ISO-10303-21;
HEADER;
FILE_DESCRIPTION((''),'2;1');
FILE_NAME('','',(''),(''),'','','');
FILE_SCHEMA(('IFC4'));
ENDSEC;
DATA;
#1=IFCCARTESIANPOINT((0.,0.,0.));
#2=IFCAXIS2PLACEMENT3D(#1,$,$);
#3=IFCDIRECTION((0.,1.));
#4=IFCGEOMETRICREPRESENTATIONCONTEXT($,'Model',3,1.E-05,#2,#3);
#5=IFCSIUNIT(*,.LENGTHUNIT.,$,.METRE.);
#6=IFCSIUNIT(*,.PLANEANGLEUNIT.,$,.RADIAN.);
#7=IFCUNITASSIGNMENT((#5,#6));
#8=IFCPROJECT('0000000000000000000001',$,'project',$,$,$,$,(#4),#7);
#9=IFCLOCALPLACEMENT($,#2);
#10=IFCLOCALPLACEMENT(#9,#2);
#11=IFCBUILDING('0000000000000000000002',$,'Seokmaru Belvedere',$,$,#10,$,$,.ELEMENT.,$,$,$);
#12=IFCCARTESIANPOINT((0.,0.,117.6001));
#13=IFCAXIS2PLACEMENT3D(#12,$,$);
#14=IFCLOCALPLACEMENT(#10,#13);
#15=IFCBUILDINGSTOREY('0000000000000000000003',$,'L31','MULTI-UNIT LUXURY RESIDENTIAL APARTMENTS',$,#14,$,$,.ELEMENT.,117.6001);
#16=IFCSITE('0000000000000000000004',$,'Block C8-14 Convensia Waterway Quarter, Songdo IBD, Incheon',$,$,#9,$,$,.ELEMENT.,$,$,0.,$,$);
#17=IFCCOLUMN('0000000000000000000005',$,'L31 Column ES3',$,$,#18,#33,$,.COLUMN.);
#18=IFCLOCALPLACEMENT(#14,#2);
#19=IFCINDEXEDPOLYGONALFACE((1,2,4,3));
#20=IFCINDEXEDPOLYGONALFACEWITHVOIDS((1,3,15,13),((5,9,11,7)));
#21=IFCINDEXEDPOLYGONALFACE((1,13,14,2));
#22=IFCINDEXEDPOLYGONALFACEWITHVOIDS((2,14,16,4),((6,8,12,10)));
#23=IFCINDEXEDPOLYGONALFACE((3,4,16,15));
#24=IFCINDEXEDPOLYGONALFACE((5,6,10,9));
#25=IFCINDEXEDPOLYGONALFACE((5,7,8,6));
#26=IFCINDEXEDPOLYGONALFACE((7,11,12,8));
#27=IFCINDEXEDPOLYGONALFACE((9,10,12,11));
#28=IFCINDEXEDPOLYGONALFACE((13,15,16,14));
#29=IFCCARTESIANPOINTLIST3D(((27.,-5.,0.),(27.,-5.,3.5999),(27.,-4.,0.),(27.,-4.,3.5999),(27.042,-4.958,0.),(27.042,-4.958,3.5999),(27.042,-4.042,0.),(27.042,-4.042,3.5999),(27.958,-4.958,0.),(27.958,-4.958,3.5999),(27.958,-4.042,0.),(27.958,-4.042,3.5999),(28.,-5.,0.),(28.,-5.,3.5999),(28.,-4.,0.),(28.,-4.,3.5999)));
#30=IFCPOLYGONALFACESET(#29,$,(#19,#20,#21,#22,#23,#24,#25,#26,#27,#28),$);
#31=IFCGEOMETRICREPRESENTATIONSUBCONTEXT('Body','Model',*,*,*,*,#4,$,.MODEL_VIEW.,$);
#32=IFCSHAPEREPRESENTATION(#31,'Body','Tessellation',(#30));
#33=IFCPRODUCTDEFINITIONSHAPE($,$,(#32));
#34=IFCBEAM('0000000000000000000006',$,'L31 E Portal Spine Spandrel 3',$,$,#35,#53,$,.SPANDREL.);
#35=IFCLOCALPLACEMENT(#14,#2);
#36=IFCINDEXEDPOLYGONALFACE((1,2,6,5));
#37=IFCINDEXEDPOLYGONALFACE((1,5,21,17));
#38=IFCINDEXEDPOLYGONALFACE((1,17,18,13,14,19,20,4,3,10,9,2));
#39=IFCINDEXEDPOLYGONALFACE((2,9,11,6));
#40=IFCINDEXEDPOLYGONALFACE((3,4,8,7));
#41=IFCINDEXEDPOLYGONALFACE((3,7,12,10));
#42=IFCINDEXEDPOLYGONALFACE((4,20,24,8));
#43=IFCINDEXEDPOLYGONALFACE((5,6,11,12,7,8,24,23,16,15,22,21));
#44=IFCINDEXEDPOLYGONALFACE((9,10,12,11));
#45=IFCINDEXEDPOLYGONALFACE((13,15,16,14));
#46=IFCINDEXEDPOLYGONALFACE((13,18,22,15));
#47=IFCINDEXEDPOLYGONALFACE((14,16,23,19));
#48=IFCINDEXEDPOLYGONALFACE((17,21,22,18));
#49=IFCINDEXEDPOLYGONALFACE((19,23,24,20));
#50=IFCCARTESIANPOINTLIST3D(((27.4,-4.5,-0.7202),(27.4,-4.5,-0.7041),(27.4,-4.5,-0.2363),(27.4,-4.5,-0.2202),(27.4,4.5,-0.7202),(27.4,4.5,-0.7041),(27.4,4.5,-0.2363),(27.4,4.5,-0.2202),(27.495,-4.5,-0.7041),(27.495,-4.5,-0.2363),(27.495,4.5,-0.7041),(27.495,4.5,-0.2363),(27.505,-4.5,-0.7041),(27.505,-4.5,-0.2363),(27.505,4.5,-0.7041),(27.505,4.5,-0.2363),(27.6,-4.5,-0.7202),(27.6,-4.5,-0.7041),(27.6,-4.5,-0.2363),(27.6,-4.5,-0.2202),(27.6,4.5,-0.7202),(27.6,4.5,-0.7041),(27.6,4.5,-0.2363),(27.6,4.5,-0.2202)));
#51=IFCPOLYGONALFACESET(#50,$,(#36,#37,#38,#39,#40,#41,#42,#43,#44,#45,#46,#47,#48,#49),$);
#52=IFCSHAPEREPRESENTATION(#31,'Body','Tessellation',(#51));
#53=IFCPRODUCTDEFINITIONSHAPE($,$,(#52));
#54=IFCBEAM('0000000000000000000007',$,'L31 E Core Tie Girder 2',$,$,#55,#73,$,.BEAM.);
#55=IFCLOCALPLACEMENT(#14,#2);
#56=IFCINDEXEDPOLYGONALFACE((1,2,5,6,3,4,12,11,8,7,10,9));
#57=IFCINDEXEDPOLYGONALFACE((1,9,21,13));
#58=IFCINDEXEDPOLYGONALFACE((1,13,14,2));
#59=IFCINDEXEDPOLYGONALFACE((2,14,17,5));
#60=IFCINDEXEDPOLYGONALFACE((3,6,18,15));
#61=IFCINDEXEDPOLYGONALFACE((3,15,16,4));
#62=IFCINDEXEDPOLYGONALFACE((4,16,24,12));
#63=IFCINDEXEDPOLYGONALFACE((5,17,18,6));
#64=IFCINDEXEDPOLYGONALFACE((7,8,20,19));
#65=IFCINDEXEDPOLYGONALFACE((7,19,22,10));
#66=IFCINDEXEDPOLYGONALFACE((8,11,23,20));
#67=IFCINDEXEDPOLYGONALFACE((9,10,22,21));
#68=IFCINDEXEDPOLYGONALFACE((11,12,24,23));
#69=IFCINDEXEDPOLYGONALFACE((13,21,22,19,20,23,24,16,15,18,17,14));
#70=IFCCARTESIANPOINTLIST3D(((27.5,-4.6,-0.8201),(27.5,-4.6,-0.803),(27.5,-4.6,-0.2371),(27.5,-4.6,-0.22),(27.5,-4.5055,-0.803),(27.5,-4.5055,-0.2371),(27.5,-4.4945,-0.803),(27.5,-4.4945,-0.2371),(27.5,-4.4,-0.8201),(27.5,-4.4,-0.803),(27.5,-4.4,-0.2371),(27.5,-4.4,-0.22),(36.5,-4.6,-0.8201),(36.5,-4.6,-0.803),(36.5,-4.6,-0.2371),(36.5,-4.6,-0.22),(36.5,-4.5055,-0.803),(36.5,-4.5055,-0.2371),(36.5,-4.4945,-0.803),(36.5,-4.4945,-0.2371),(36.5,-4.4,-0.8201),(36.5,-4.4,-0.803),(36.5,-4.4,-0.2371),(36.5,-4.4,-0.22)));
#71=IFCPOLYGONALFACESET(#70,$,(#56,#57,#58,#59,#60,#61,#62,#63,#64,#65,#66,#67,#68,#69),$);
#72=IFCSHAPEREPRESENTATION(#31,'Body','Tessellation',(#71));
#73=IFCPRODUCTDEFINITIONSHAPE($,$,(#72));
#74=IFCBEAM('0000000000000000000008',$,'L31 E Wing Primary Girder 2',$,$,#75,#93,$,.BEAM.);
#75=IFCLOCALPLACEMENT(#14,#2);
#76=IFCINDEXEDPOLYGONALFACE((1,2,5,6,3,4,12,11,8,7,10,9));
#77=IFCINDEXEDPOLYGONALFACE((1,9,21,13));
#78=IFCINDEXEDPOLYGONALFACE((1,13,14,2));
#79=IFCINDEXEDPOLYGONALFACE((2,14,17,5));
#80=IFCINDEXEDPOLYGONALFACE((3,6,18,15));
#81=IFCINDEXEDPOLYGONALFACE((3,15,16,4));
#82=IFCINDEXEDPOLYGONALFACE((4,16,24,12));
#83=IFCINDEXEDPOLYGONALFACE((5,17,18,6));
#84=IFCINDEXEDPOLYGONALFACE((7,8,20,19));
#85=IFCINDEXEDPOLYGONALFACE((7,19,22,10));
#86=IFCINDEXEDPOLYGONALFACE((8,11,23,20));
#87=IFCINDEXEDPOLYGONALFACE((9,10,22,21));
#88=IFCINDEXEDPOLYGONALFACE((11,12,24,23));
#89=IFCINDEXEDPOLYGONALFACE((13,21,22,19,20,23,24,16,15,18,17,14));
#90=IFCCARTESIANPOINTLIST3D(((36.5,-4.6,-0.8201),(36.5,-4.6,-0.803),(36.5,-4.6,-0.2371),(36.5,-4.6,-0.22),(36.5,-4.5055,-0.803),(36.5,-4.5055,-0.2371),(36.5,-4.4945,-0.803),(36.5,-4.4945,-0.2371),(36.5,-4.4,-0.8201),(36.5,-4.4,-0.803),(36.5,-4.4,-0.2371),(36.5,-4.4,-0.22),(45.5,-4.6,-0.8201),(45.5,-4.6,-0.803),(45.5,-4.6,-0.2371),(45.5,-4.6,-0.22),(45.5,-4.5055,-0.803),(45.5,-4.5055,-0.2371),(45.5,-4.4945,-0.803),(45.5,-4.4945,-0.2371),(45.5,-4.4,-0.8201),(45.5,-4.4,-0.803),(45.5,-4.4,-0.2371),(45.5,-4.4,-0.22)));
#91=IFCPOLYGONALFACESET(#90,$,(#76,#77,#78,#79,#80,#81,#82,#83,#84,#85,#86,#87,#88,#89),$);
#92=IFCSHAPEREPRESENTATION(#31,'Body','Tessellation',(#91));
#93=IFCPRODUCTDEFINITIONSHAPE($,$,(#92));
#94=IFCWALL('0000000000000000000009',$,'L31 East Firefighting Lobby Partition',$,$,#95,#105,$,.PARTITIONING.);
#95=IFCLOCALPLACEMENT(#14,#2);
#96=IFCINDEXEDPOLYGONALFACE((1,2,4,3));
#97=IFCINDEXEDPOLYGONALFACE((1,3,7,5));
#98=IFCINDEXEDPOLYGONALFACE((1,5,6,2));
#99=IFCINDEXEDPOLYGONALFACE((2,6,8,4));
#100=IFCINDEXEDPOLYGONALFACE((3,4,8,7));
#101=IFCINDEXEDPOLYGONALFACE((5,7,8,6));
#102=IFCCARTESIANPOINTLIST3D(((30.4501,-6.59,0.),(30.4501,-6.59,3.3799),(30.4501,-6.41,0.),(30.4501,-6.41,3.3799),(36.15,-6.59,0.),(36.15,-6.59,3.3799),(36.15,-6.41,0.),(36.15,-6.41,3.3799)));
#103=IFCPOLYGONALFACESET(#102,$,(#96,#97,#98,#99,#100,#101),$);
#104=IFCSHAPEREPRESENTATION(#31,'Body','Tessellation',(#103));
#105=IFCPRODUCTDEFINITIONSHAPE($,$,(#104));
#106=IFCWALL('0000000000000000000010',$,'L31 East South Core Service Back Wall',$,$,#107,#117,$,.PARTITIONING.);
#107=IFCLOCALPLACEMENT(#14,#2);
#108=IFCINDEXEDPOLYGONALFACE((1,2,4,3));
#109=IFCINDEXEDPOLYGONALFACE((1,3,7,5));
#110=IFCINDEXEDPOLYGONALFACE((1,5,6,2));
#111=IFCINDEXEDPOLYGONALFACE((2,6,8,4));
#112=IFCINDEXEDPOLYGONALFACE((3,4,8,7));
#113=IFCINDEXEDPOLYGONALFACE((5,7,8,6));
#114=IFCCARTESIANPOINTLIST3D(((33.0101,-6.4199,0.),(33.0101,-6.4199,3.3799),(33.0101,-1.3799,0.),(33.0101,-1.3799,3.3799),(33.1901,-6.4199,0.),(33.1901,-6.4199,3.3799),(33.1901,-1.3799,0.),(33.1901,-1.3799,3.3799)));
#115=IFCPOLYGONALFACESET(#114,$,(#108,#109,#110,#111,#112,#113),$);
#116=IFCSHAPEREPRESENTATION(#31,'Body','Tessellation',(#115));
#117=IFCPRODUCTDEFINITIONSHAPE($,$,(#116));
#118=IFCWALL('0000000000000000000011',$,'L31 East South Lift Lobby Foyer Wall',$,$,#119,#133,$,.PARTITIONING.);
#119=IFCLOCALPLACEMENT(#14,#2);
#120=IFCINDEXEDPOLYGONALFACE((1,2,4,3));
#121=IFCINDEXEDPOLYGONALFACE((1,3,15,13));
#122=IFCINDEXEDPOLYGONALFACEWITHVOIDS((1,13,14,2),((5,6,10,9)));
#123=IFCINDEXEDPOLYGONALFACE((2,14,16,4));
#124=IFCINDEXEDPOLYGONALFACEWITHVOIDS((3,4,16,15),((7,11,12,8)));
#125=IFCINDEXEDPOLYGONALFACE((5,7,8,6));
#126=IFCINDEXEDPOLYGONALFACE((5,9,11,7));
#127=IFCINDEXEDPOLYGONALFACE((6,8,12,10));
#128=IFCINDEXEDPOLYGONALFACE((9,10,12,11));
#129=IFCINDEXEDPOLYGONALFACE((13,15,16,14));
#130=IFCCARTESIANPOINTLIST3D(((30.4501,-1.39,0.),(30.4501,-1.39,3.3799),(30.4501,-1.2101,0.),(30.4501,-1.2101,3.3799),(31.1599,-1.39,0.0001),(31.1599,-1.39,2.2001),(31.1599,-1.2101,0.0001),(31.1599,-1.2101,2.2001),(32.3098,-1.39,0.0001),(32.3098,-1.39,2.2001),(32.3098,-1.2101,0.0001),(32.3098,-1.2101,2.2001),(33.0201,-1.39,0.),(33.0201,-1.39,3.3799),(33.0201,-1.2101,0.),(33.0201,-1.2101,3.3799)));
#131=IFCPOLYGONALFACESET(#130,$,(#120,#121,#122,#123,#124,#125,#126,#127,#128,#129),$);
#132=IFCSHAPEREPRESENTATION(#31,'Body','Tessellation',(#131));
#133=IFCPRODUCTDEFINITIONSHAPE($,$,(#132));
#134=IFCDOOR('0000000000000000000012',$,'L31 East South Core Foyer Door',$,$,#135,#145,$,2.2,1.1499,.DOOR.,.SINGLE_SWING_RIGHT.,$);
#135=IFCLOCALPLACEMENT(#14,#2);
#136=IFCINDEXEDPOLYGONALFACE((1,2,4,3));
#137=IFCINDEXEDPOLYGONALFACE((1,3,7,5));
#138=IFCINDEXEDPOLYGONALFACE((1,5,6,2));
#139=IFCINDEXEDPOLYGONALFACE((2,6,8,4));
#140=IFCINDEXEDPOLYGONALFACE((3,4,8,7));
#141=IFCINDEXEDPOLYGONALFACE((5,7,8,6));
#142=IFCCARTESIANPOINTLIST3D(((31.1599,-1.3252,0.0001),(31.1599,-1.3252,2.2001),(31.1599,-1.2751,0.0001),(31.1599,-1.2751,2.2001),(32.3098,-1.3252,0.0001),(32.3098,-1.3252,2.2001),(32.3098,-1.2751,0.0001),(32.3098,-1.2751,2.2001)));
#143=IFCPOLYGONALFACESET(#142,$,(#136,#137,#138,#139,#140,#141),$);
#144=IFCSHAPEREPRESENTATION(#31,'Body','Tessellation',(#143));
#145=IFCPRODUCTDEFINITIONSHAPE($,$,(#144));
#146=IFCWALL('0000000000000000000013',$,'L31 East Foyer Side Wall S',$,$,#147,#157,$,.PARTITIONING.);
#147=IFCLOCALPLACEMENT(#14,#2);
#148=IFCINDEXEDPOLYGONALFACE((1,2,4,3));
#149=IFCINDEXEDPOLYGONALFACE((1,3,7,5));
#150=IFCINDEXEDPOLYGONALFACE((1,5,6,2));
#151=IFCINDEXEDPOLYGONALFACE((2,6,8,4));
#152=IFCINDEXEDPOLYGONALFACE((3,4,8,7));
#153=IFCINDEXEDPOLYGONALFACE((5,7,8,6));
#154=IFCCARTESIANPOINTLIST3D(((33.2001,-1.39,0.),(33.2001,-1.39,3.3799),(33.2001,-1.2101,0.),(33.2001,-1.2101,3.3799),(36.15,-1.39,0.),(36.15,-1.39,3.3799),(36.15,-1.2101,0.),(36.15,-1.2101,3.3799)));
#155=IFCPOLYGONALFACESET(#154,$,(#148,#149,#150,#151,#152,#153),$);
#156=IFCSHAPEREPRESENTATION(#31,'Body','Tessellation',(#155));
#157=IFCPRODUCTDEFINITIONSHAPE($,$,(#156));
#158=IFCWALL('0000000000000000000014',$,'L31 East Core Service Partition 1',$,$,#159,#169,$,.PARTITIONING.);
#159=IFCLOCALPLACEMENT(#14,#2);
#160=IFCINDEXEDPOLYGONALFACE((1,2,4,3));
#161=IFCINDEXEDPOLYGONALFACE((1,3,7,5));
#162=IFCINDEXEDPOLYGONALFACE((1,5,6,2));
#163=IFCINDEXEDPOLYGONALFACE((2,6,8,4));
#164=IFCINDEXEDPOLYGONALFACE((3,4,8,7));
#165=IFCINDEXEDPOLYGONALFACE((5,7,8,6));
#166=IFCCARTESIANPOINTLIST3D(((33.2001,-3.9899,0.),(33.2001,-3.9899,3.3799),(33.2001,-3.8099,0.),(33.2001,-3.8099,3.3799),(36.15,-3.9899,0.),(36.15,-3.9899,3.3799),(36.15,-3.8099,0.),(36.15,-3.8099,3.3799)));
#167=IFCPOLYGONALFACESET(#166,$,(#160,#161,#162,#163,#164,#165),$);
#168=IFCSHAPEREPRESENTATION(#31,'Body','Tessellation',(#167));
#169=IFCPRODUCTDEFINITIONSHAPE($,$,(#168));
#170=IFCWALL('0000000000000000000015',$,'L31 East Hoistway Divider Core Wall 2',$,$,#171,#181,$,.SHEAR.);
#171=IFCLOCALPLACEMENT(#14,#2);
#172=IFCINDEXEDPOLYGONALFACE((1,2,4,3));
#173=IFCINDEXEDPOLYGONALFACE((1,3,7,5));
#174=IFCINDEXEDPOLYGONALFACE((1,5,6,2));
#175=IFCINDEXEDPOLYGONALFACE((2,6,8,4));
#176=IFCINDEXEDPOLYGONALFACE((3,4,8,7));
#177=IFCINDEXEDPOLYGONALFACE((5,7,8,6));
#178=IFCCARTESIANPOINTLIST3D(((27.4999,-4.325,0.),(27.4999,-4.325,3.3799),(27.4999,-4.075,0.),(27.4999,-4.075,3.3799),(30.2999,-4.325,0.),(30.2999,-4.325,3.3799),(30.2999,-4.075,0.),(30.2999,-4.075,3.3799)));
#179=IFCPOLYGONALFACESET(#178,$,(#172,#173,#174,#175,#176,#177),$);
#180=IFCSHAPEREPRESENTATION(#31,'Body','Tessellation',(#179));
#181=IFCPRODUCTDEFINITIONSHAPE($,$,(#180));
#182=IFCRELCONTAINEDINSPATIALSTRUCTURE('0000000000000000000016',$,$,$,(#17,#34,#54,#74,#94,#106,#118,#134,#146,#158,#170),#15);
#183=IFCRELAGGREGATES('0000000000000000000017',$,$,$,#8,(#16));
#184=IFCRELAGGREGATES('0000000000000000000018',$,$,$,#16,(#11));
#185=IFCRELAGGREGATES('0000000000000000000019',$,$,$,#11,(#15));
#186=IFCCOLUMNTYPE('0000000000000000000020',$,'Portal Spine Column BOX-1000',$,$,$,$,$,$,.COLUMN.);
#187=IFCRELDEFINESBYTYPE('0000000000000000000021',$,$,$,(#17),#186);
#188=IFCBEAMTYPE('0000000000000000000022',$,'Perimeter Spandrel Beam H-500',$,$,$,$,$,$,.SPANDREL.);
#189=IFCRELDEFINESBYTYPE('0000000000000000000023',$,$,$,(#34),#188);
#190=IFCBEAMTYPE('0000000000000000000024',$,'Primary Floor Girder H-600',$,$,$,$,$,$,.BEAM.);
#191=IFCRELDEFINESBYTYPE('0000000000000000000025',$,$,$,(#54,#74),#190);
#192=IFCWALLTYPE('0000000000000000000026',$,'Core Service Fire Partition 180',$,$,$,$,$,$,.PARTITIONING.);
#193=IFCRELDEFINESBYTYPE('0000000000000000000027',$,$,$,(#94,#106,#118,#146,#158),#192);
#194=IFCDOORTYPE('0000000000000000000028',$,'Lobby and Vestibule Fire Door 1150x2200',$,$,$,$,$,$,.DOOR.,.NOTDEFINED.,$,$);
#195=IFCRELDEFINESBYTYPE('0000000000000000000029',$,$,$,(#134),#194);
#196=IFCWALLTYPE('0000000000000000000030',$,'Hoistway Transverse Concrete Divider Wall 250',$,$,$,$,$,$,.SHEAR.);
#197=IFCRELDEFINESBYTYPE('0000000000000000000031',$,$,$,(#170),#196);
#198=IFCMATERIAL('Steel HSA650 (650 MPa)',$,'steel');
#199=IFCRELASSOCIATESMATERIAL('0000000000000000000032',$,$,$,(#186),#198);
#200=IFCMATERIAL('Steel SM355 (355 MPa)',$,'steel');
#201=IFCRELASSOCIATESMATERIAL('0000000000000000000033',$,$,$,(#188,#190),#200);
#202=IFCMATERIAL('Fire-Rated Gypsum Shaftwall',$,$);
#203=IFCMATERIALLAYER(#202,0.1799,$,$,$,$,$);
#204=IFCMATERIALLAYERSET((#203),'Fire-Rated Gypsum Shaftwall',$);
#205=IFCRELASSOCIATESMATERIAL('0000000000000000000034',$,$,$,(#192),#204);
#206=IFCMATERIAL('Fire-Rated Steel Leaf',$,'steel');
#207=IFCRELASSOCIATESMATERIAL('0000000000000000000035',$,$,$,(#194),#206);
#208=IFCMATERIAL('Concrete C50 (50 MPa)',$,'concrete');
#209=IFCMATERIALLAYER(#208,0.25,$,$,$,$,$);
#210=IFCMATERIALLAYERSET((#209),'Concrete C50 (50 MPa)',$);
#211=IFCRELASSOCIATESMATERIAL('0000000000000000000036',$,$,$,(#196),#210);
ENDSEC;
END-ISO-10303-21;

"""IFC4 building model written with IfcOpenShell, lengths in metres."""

from ifc_helpers import new_model, si_unit, direction, frame, frame_2d, origin, origin_2d, place, context, subcontext, project, spatial, rectangle, hollow_rectangle, i_section, extrude, source, transform, mapped, material, layer, layer_set, material_profile, profile_set, type_object, type_shapes, element, fill, save


model = new_model("IFC4")

# Units and contexts
model_context = context("Model", 3, precision=1e-05, world=origin(), true_north=direction((0.0, 1.0)))
body_context = subcontext(model_context, "Body", "Model", "MODEL_VIEW")
ifc_project = project(units=[si_unit("LENGTHUNIT", "METRE"), si_unit("PLANEANGLEUNIT", "RADIAN")], contexts=[model_context])

# Site, building, storey
site_placement = place(None, origin())
site = spatial("IfcSite", under=ifc_project, at=site_placement, Name="Block C8-14 Convensia Waterway Quarter, Songdo IBD, Incheon", CompositionType="ELEMENT", RefElevation=0.0)
building_placement = place(site_placement, origin())
building = spatial("IfcBuilding", under=site, at=building_placement, Name="Seokmaru Belvedere", CompositionType="ELEMENT")
storey_placement = place(building_placement, frame((0.0, 0.0, 117.6001)))
storey = spatial("IfcBuildingStorey", under=building, at=storey_placement, Name="L31", Description="MULTI-UNIT LUXURY RESIDENTIAL APARTMENTS", CompositionType="ELEMENT", Elevation=117.6001)

# Column
ifc_material_1 = material(Name="Steel HSA650 (650 MPa)", Category="steel")
ifc_material_profile_1 = material_profile(ifc_material_1, hollow_rectangle(XDim=1.0, YDim=1.0, WallThickness=0.042, at=origin_2d()), Name="BOX-1000x1000x42")
ifc_profile_set_1 = profile_set([ifc_material_profile_1], Name="Steel HSA650 (650 MPa)")
column_type = type_object("IfcColumnType", Name="Portal Spine Column BOX-1000", PredefinedType="COLUMN", material=ifc_profile_set_1)
shared_shape_1 = source(origin(), body_context, "Body", "SweptSolid", [
    extrude(hollow_rectangle(XDim=1.0, YDim=1.0, WallThickness=0.042, at=origin_2d()), origin(), (0.0, 0.0, 1.0), 3.5999),
])
type_shapes(column_type, [shared_shape_1])
column_placement = place(storey_placement, frame((27.5, -4.5, 0.0), z_axis=(0.0, 0.0, 1.0), x_axis=(1.0, 0.0, 0.0)))
element("IfcColumn", 1, at=column_placement, inside=storey, type_object=column_type, Name="L31 Column ES3", PredefinedType="COLUMN", context=body_context, shape_type="MappedRepresentation", body=[
    mapped(shared_shape_1, transform((0.0, 0.0, 0.0), scale=1.0)),
])

# Beams
ifc_material_2 = material(Name="Steel SM355 (355 MPa)", Category="steel")
ifc_material_profile_2 = material_profile(ifc_material_2, i_section(OverallWidth=0.2, OverallDepth=0.5, WebThickness=0.01, FlangeThickness=0.0161, at=origin_2d()), Name="H-500x200x10x16")
ifc_profile_set_2 = profile_set([ifc_material_profile_2], Name="Steel SM355 (355 MPa)")
beam_type_1 = type_object("IfcBeamType", Name="Perimeter Spandrel Beam H-500", PredefinedType="SPANDREL", material=ifc_profile_set_2)
shared_shape_2 = source(origin(), body_context, "Body", "SweptSolid", [
    extrude(i_section(OverallWidth=0.2, OverallDepth=0.5, WebThickness=0.01, FlangeThickness=0.0161, at=origin_2d()), origin(), (0.0, 0.0, 1.0), 9.0),
])
type_shapes(beam_type_1, [shared_shape_2])
beam_placement = place(storey_placement, frame((27.5, -4.5, -0.4702), z_axis=(0.0, 1.0, 0.0), x_axis=(-1.0, 0.0, 0.0)))
element("IfcBeam", 2, at=beam_placement, inside=storey, type_object=beam_type_1, Name="L31 E Portal Spine Spandrel 3", PredefinedType="SPANDREL", context=body_context, shape_type="MappedRepresentation", body=[
    mapped(shared_shape_2, transform((0.0, 0.0, 0.0), scale=1.0)),
])
ifc_material_profile_3 = material_profile(ifc_material_2, i_section(OverallWidth=0.2, OverallDepth=0.6001, WebThickness=0.011, FlangeThickness=0.0171, at=origin_2d()), Name="H-600x200x11x17")
ifc_profile_set_3 = profile_set([ifc_material_profile_3], Name="Steel SM355 (355 MPa)")
beam_type_2 = type_object("IfcBeamType", Name="Primary Floor Girder H-600", PredefinedType="BEAM", material=ifc_profile_set_3)
shared_shape_3 = source(origin(), body_context, "Body", "SweptSolid", [
    extrude(i_section(OverallWidth=0.2, OverallDepth=0.6001, WebThickness=0.011, FlangeThickness=0.0171, at=origin_2d()), origin(), (0.0, 0.0, 1.0), 9.0),
])
type_shapes(beam_type_2, [shared_shape_3])
for number, where, z_axis, x_axis, name in (
    (3, (27.5, -4.5, -0.52), (1.0, 0.0, 0.0), (0.0, 1.0, 0.0), "L31 E Core Tie Girder 2"),
    (4, (36.5, -4.5, -0.52), (1.0, 0.0, 0.0), (0.0, 1.0, 0.0), "L31 E Wing Primary Girder 2"),
):
    element("IfcBeam", number, at=place(storey_placement, frame(where, z_axis=z_axis, x_axis=x_axis)), inside=storey, type_object=beam_type_2, Name=name, PredefinedType="BEAM", context=body_context, shape_type="MappedRepresentation", body=[
        mapped(shared_shape_3, transform((0.0, 0.0, 0.0), scale=1.0)),
    ])

# Walls
ifc_material_3 = material(Name="Fire-Rated Gypsum Shaftwall")
ifc_layer_1 = layer(ifc_material_3, 0.1799)
ifc_layer_set_1 = layer_set([ifc_layer_1], Name="Fire-Rated Gypsum Shaftwall")
wall_type_1 = type_object("IfcWallType", Name="Core Service Fire Partition 180", PredefinedType="PARTITIONING", material=ifc_layer_set_1)
wall_1_placement = place(storey_placement, frame((30.45, -6.5, 0.0), z_axis=(0.0, 0.0, 1.0), x_axis=(1.0, 0.0, 0.0)))
element("IfcWall", 5, at=wall_1_placement, inside=storey, type_object=wall_type_1, Name="L31 East Firefighting Lobby Partition", PredefinedType="PARTITIONING", context=body_context, shape_type="SweptSolid", body=[
    extrude(rectangle(XDim=5.7, YDim=0.1799, at=frame_2d((2.8501, 0.0))), origin(), (0.0, 0.0, 1.0), 3.3799),
])
wall_2_placement = place(storey_placement, frame((33.1001, -6.4199, 0.0), z_axis=(0.0, 0.0, 1.0), x_axis=(0.0, 1.0, 0.0)))
element("IfcWall", 6, at=wall_2_placement, inside=storey, type_object=wall_type_1, Name="L31 East South Core Service Back Wall", PredefinedType="PARTITIONING", context=body_context, shape_type="SweptSolid", body=[
    extrude(rectangle(XDim=5.04, YDim=0.1799, at=frame_2d((2.52, 0.0))), origin(), (0.0, 0.0, 1.0), 3.3799),
])

# Wall, opening, door
wall_3_placement = place(storey_placement, frame((30.45, -1.3, 0.0), z_axis=(0.0, 0.0, 1.0), x_axis=(1.0, 0.0, 0.0)))
wall_3 = element("IfcWall", 7, at=wall_3_placement, inside=storey, type_object=wall_type_1, Name="L31 East South Lift Lobby Foyer Wall", PredefinedType="PARTITIONING", context=body_context, shape_type="SweptSolid", body=[
    extrude(rectangle(XDim=2.5701, YDim=0.1799, at=frame_2d((1.2852, 0.0))), origin(), (0.0, 0.0, 1.0), 3.3799),
])
opening_1_placement = place(wall_3_placement, frame((0.71, 0.0, 0.0)))
opening_1 = element("IfcOpeningElement", 8, at=opening_1_placement, cuts=wall_3, PredefinedType="OPENING", context=body_context, shape_type="SweptSolid", body=[
    extrude(rectangle(XDim=1.1499, YDim=2.2, at=frame_2d((0.575, 1.1001))), frame((0.0, 0.1001, 0.0), z_axis=(0.0, -1.0, 0.0), x_axis=(1.0, 0.0, 0.0)), (0.0, 0.0, 1.0), 0.2),
])
ifc_material_4 = material(Name="Fire-Rated Steel Leaf", Category="steel")
door_type_1 = type_object("IfcDoorType", Name="Lobby and Vestibule Fire Door 1150x2200", OperationType="NOTDEFINED", PredefinedType="DOOR", material=ifc_material_4)
shared_shape_4 = source(origin(), body_context, "Body", "SweptSolid", [
    extrude(rectangle(XDim=1.1499, YDim=2.2, at=frame_2d((0.575, 1.1001))), frame((0.0, 0.0249, 0.0), z_axis=(0.0, -1.0, 0.0), x_axis=(1.0, 0.0, 0.0)), (0.0, 0.0, 1.0), 0.05),
])
type_shapes(door_type_1, [shared_shape_4])
door_1_placement = place(opening_1_placement, origin())
door_1 = element("IfcDoor", 9, at=door_1_placement, inside=storey, type_object=door_type_1, Name="L31 East South Core Foyer Door", OperationType="SINGLE_SWING_RIGHT", OverallHeight=2.2, OverallWidth=1.1499, PredefinedType="DOOR", context=body_context, shape_type="MappedRepresentation", body=[
    mapped(shared_shape_4, transform((0.0, 0.0, 0.0), scale=1.0)),
])
fill(opening_1, door_1)

# Walls
for number, where, z_axis, x_axis, name in (
    (10, (33.2, -1.3, 0.0), (0.0, 0.0, 1.0), (1.0, 0.0, 0.0), "L31 East Foyer Side Wall S"),
    (11, (33.2, -3.8999, 0.0), (0.0, 0.0, 1.0), (1.0, 0.0, 0.0), "L31 East Core Service Partition 1"),
):
    element("IfcWall", number, at=place(storey_placement, frame(where, z_axis=z_axis, x_axis=x_axis)), inside=storey, type_object=wall_type_1, Name=name, PredefinedType="PARTITIONING", context=body_context, shape_type="SweptSolid", body=[
        extrude(rectangle(XDim=2.95, YDim=0.1799, at=frame_2d((1.4751, 0.0))), origin(), (0.0, 0.0, 1.0), 3.3799),
    ])
ifc_material_5 = material(Name="Concrete C50 (50 MPa)", Category="concrete")
ifc_layer_2 = layer(ifc_material_5, 0.25)
ifc_layer_set_2 = layer_set([ifc_layer_2], Name="Concrete C50 (50 MPa)")
wall_type_2 = type_object("IfcWallType", Name="Hoistway Transverse Concrete Divider Wall 250", PredefinedType="SHEAR", material=ifc_layer_set_2)
for number, where, z_axis, x_axis, name in (
    (12, (27.5, -4.2, 0.0), (0.0, 0.0, 1.0), (1.0, 0.0, 0.0), "L31 East Hoistway Divider Core Wall 2"),
):
    element("IfcWall", number, at=place(storey_placement, frame(where, z_axis=z_axis, x_axis=x_axis)), inside=storey, type_object=wall_type_2, Name=name, PredefinedType="SHEAR", context=body_context, shape_type="SweptSolid", body=[
        extrude(rectangle(XDim=2.8, YDim=0.25, at=frame_2d((1.3999, 0.0))), origin(), (0.0, 0.0, 1.0), 3.3799),
    ])

save(model, "model.ifc")
